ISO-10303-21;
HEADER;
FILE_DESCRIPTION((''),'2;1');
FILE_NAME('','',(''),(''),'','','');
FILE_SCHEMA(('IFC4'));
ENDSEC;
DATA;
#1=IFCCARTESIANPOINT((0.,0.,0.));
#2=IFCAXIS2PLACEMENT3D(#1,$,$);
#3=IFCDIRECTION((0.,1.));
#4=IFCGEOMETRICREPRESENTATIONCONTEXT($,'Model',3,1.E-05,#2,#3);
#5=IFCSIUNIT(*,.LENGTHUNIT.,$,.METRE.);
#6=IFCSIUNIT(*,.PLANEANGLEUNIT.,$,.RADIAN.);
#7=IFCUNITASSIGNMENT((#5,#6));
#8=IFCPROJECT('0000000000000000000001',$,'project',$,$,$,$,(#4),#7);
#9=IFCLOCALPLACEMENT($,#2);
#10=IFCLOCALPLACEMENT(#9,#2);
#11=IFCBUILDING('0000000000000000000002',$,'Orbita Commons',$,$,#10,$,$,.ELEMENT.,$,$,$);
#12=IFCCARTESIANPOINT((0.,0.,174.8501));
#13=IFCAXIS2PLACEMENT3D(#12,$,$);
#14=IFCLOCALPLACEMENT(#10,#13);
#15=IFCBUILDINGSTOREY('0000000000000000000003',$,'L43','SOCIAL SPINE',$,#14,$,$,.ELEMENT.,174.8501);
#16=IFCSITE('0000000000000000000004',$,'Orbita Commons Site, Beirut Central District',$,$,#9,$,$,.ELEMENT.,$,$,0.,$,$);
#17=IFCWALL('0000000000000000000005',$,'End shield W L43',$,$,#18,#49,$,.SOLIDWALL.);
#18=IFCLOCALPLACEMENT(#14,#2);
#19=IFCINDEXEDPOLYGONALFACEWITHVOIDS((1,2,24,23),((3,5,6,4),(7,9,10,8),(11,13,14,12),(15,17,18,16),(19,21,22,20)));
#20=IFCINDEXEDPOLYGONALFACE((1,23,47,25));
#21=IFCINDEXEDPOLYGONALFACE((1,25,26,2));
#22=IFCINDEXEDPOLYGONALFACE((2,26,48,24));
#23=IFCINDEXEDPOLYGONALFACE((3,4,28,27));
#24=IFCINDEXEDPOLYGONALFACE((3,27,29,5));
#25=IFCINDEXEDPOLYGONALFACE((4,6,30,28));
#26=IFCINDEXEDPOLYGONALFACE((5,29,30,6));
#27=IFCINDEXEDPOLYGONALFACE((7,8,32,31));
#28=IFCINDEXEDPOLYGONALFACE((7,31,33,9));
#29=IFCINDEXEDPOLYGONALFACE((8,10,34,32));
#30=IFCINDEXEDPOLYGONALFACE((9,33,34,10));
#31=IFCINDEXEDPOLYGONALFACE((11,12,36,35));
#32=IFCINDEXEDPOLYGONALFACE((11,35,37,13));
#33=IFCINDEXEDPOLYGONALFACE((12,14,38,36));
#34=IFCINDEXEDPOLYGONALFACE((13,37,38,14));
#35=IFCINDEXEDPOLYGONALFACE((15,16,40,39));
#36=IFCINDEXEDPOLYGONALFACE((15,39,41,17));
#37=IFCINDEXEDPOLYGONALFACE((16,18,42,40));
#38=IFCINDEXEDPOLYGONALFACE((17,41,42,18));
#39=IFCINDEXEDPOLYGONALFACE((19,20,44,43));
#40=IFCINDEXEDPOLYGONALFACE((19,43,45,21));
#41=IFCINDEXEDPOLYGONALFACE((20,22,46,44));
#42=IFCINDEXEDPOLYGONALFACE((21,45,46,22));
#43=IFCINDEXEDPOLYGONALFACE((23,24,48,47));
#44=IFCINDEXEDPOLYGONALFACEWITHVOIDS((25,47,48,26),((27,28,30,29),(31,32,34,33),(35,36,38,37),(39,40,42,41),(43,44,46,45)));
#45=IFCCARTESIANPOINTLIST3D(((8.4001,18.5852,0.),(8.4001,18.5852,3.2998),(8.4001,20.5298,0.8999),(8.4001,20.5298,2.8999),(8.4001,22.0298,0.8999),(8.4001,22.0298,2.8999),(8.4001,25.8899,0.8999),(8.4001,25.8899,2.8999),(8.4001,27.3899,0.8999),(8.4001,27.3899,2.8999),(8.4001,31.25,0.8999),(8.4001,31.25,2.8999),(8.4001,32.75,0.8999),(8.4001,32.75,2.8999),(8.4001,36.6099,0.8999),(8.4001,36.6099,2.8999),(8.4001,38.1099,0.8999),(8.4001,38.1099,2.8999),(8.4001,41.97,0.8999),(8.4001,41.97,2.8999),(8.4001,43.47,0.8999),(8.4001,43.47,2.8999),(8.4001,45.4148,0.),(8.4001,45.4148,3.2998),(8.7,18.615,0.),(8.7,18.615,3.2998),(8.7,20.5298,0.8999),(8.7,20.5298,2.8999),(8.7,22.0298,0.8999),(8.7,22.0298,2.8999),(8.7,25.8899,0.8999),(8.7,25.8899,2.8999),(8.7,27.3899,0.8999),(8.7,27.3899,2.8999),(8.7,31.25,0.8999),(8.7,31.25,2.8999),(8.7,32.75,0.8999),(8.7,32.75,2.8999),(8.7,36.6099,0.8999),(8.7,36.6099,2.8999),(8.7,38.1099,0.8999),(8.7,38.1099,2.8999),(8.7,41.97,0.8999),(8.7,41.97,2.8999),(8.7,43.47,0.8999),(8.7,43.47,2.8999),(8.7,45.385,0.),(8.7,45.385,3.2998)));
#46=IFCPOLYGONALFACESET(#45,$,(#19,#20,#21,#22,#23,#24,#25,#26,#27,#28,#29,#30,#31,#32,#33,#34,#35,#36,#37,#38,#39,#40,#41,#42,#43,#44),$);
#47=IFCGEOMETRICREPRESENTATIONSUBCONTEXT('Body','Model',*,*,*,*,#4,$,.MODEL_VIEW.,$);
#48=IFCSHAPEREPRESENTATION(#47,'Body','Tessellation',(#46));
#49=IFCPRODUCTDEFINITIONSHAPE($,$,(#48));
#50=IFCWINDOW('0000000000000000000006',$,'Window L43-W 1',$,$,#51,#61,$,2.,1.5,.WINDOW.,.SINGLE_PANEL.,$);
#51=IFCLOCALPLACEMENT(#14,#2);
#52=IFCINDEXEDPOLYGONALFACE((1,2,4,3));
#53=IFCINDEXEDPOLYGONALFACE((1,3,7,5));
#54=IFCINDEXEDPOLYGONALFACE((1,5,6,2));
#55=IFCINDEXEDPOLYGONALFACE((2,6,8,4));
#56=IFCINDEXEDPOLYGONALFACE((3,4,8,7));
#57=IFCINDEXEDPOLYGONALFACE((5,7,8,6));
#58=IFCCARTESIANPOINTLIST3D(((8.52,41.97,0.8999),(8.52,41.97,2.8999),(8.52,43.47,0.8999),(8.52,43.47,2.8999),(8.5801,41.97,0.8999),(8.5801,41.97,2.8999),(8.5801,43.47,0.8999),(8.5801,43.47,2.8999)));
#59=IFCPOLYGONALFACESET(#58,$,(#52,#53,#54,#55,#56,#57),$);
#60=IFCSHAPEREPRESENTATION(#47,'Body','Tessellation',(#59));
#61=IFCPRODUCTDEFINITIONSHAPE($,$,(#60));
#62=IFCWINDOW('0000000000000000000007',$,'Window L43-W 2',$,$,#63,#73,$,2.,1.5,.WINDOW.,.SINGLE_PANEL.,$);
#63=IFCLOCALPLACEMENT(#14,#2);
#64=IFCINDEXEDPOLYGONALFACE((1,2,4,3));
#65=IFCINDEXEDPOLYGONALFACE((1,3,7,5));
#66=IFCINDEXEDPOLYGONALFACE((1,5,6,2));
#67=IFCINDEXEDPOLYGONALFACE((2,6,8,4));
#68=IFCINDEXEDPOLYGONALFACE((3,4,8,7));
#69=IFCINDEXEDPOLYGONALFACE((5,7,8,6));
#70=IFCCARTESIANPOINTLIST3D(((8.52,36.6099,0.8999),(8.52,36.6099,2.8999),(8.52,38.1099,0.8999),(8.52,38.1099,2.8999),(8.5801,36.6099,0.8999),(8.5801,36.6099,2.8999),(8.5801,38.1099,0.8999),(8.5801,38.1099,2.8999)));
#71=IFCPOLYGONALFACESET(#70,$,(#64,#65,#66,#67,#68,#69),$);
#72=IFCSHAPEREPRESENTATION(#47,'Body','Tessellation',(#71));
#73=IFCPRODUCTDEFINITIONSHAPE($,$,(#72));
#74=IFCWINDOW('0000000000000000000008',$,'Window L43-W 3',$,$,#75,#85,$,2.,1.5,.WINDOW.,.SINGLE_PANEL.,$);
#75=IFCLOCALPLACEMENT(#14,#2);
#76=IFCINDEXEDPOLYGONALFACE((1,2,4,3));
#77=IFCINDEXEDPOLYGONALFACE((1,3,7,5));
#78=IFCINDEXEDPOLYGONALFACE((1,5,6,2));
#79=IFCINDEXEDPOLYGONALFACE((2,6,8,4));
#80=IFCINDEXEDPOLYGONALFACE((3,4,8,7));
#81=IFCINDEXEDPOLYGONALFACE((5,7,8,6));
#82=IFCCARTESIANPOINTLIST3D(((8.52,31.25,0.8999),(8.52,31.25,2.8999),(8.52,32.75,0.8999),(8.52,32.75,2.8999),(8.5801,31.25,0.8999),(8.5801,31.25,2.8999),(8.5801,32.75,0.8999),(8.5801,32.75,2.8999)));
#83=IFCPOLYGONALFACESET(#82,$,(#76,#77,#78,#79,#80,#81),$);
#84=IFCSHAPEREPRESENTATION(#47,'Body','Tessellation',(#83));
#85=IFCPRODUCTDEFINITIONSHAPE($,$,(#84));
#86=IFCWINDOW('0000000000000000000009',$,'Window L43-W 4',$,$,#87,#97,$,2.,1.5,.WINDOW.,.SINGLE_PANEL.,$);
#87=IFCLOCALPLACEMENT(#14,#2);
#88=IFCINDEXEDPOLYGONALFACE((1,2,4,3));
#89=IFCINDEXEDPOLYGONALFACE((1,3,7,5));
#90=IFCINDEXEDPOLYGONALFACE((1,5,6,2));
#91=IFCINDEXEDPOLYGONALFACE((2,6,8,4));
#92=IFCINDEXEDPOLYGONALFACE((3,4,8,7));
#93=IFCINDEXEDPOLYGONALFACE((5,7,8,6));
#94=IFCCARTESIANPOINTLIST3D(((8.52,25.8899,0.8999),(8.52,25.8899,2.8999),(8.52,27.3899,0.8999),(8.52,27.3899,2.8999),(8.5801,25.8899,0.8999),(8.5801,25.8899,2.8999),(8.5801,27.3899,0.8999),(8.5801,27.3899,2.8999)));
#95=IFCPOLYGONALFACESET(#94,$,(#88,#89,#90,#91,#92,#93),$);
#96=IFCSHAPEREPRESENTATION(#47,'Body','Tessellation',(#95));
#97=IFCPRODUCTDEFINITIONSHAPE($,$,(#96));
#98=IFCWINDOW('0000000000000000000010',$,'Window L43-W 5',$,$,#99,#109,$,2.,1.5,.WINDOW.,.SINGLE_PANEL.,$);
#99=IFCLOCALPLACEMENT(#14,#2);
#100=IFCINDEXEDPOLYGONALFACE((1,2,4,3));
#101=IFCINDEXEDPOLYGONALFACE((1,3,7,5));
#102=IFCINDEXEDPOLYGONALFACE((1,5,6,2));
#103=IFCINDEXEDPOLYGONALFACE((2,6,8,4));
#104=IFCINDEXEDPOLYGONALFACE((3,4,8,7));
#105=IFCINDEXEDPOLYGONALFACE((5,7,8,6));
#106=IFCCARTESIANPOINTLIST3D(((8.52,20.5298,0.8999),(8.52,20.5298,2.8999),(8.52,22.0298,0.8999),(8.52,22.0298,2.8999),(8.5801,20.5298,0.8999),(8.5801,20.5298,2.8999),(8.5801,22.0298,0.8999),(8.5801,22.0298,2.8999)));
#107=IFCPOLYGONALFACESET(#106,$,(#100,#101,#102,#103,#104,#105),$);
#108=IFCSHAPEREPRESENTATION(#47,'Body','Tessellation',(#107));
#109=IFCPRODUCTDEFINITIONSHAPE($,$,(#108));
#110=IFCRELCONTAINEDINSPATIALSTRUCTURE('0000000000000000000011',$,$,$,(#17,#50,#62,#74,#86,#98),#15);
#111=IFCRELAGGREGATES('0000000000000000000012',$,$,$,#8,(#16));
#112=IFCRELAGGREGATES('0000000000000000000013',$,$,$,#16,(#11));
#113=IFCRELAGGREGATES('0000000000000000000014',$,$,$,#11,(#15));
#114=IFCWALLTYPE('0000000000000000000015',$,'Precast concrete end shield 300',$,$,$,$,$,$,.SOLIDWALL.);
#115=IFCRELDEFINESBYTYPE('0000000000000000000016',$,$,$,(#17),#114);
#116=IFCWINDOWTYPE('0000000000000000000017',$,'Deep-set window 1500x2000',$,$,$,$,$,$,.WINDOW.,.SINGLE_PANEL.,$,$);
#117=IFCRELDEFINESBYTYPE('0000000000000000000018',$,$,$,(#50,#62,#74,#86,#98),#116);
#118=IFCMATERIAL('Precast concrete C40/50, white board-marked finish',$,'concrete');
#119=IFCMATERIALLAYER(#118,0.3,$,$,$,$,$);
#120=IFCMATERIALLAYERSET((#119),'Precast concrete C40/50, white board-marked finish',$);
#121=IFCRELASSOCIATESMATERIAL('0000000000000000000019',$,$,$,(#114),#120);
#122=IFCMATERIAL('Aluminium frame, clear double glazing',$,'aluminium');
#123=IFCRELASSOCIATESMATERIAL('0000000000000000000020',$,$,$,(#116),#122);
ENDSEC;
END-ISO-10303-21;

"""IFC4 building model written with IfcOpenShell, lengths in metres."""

from ifc_helpers import new_model, si_unit, direction, frame, frame_2d, origin, place, context, subcontext, project, spatial, polyline, rectangle, outline, extrude, material, layer, layer_set, type_object, element, fill, save


model = new_model("IFC4")

# Units and contexts
model_context = context("Model", 3, precision=1e-05, world=origin(), true_north=direction((0.0, 1.0)))
body_context = subcontext(model_context, "Body", "Model", "MODEL_VIEW")
ifc_project = project(units=[si_unit("LENGTHUNIT", "METRE"), si_unit("PLANEANGLEUNIT", "RADIAN")], contexts=[model_context])

# Site, building, storey
site_placement = place(None, origin())
site = spatial("IfcSite", under=ifc_project, at=site_placement, Name="Orbita Commons Site, Beirut Central District", CompositionType="ELEMENT", RefElevation=0.0)
building_placement = place(site_placement, origin())
building = spatial("IfcBuilding", under=site, at=building_placement, Name="Orbita Commons", CompositionType="ELEMENT")
storey_placement = place(building_placement, frame((0.0, 0.0, 174.8501)))
storey = spatial("IfcBuildingStorey", under=building, at=storey_placement, Name="L43", Description="SOCIAL SPINE", CompositionType="ELEMENT", Elevation=174.8501)

# Wall, openings, windows
ifc_material_1 = material(Name="Precast concrete C40/50, white board-marked finish", Category="concrete")
ifc_layer_1 = layer(ifc_material_1, 0.3)
ifc_layer_set_1 = layer_set([ifc_layer_1], Name="Precast concrete C40/50, white board-marked finish")
wall_type_1 = type_object("IfcWallType", Name="Precast concrete end shield 300", PredefinedType="SOLIDWALL", material=ifc_layer_set_1)
wall_1_placement = place(storey_placement, frame((8.55, 45.3999, 0.0), z_axis=(0.0, 0.0, 1.0), x_axis=(0.0, -1.0, 0.0)))
wall_1 = element("IfcWall", 1, at=wall_1_placement, inside=storey, type_object=wall_type_1, Name="End shield W L43", PredefinedType="SOLIDWALL", context=body_context, shape_type="SweptSolid", body=[
    extrude(outline(polyline([(-0.0149, -0.1499), (26.8147, -0.1499), (26.7849, 0.1499), (0.0149, 0.1499), (-0.0149, -0.1499)])), origin(), (0.0, 0.0, 1.0), 3.2998),
])
opening_1_placement = place(wall_1_placement, frame((1.9299, 0.0, 0.8999)))
opening_1 = element("IfcOpeningElement", 2, at=opening_1_placement, cuts=wall_1, PredefinedType="OPENING", context=body_context, shape_type="SweptSolid", body=[
    extrude(rectangle(XDim=1.5, YDim=2.0, at=frame_2d((0.75, 1.0))), frame((0.0, 0.1599, 0.0), z_axis=(0.0, -1.0, 0.0), x_axis=(1.0, 0.0, 0.0)), (0.0, 0.0, 1.0), 0.3201),
])
opening_2_placement = place(wall_1_placement, frame((7.29, 0.0, 0.8999)))
opening_2 = element("IfcOpeningElement", 3, at=opening_2_placement, cuts=wall_1, PredefinedType="OPENING", context=body_context, shape_type="SweptSolid", body=[
    extrude(rectangle(XDim=1.5, YDim=2.0, at=frame_2d((0.75, 1.0))), frame((0.0, 0.1599, 0.0), z_axis=(0.0, -1.0, 0.0), x_axis=(1.0, 0.0, 0.0)), (0.0, 0.0, 1.0), 0.3201),
])
opening_3_placement = place(wall_1_placement, frame((12.6499, 0.0, 0.8999)))
opening_3 = element("IfcOpeningElement", 4, at=opening_3_placement, cuts=wall_1, PredefinedType="OPENING", context=body_context, shape_type="SweptSolid", body=[
    extrude(rectangle(XDim=1.5, YDim=2.0, at=frame_2d((0.75, 1.0))), frame((0.0, 0.1599, 0.0), z_axis=(0.0, -1.0, 0.0), x_axis=(1.0, 0.0, 0.0)), (0.0, 0.0, 1.0), 0.3201),
])
opening_4_placement = place(wall_1_placement, frame((18.01, 0.0, 0.8999)))
opening_4 = element("IfcOpeningElement", 5, at=opening_4_placement, cuts=wall_1, PredefinedType="OPENING", context=body_context, shape_type="SweptSolid", body=[
    extrude(rectangle(XDim=1.5, YDim=2.0, at=frame_2d((0.75, 1.0))), frame((0.0, 0.1599, 0.0), z_axis=(0.0, -1.0, 0.0), x_axis=(1.0, 0.0, 0.0)), (0.0, 0.0, 1.0), 0.3201),
])
opening_5_placement = place(wall_1_placement, frame((23.3701, 0.0, 0.8999)))
opening_5 = element("IfcOpeningElement", 6, at=opening_5_placement, cuts=wall_1, PredefinedType="OPENING", context=body_context, shape_type="SweptSolid", body=[
    extrude(rectangle(XDim=1.5, YDim=2.0, at=frame_2d((0.75, 1.0))), frame((0.0, 0.1599, 0.0), z_axis=(0.0, -1.0, 0.0), x_axis=(1.0, 0.0, 0.0)), (0.0, 0.0, 1.0), 0.3201),
])
ifc_material_2 = material(Name="Aluminium frame, clear double glazing", Category="aluminium")
window_type = type_object("IfcWindowType", Name="Deep-set window 1500x2000", PartitioningType="SINGLE_PANEL", PredefinedType="WINDOW", material=ifc_material_2)
window_1_placement = place(opening_1_placement, origin())
window_1 = element("IfcWindow", 7, at=window_1_placement, inside=storey, type_object=window_type, Name="Window L43-W 1", OverallHeight=2.0, OverallWidth=1.5, PartitioningType="SINGLE_PANEL", PredefinedType="WINDOW", context=body_context, shape_type="SweptSolid", body=[
    extrude(rectangle(XDim=1.5, YDim=2.0, at=frame_2d((0.75, 1.0))), frame((0.0, 0.03, 0.0), z_axis=(0.0, -1.0, 0.0), x_axis=(1.0, 0.0, 0.0)), (0.0, 0.0, 1.0), 0.0601),
])
fill(opening_1, window_1)
window_2_placement = place(opening_2_placement, origin())
window_2 = element("IfcWindow", 8, at=window_2_placement, inside=storey, type_object=window_type, Name="Window L43-W 2", OverallHeight=2.0, OverallWidth=1.5, PartitioningType="SINGLE_PANEL", PredefinedType="WINDOW", context=body_context, shape_type="SweptSolid", body=[
    extrude(rectangle(XDim=1.5, YDim=2.0, at=frame_2d((0.75, 1.0))), frame((0.0, 0.03, 0.0), z_axis=(0.0, -1.0, 0.0), x_axis=(1.0, 0.0, 0.0)), (0.0, 0.0, 1.0), 0.0601),
])
fill(opening_2, window_2)
window_3_placement = place(opening_3_placement, origin())
window_3 = element("IfcWindow", 9, at=window_3_placement, inside=storey, type_object=window_type, Name="Window L43-W 3", OverallHeight=2.0, OverallWidth=1.5, PartitioningType="SINGLE_PANEL", PredefinedType="WINDOW", context=body_context, shape_type="SweptSolid", body=[
    extrude(rectangle(XDim=1.5, YDim=2.0, at=frame_2d((0.75, 1.0))), frame((0.0, 0.03, 0.0), z_axis=(0.0, -1.0, 0.0), x_axis=(1.0, 0.0, 0.0)), (0.0, 0.0, 1.0), 0.0601),
])
fill(opening_3, window_3)
window_4_placement = place(opening_4_placement, origin())
window_4 = element("IfcWindow", 10, at=window_4_placement, inside=storey, type_object=window_type, Name="Window L43-W 4", OverallHeight=2.0, OverallWidth=1.5, PartitioningType="SINGLE_PANEL", PredefinedType="WINDOW", context=body_context, shape_type="SweptSolid", body=[
    extrude(rectangle(XDim=1.5, YDim=2.0, at=frame_2d((0.75, 1.0))), frame((0.0, 0.03, 0.0), z_axis=(0.0, -1.0, 0.0), x_axis=(1.0, 0.0, 0.0)), (0.0, 0.0, 1.0), 0.0601),
])
fill(opening_4, window_4)
window_5_placement = place(opening_5_placement, origin())
window_5 = element("IfcWindow", 11, at=window_5_placement, inside=storey, type_object=window_type, Name="Window L43-W 5", OverallHeight=2.0, OverallWidth=1.5, PartitioningType="SINGLE_PANEL", PredefinedType="WINDOW", context=body_context, shape_type="SweptSolid", body=[
    extrude(rectangle(XDim=1.5, YDim=2.0, at=frame_2d((0.75, 1.0))), frame((0.0, 0.03, 0.0), z_axis=(0.0, -1.0, 0.0), x_axis=(1.0, 0.0, 0.0)), (0.0, 0.0, 1.0), 0.0601),
])
fill(opening_5, window_5)

save(model, "model.ifc")
